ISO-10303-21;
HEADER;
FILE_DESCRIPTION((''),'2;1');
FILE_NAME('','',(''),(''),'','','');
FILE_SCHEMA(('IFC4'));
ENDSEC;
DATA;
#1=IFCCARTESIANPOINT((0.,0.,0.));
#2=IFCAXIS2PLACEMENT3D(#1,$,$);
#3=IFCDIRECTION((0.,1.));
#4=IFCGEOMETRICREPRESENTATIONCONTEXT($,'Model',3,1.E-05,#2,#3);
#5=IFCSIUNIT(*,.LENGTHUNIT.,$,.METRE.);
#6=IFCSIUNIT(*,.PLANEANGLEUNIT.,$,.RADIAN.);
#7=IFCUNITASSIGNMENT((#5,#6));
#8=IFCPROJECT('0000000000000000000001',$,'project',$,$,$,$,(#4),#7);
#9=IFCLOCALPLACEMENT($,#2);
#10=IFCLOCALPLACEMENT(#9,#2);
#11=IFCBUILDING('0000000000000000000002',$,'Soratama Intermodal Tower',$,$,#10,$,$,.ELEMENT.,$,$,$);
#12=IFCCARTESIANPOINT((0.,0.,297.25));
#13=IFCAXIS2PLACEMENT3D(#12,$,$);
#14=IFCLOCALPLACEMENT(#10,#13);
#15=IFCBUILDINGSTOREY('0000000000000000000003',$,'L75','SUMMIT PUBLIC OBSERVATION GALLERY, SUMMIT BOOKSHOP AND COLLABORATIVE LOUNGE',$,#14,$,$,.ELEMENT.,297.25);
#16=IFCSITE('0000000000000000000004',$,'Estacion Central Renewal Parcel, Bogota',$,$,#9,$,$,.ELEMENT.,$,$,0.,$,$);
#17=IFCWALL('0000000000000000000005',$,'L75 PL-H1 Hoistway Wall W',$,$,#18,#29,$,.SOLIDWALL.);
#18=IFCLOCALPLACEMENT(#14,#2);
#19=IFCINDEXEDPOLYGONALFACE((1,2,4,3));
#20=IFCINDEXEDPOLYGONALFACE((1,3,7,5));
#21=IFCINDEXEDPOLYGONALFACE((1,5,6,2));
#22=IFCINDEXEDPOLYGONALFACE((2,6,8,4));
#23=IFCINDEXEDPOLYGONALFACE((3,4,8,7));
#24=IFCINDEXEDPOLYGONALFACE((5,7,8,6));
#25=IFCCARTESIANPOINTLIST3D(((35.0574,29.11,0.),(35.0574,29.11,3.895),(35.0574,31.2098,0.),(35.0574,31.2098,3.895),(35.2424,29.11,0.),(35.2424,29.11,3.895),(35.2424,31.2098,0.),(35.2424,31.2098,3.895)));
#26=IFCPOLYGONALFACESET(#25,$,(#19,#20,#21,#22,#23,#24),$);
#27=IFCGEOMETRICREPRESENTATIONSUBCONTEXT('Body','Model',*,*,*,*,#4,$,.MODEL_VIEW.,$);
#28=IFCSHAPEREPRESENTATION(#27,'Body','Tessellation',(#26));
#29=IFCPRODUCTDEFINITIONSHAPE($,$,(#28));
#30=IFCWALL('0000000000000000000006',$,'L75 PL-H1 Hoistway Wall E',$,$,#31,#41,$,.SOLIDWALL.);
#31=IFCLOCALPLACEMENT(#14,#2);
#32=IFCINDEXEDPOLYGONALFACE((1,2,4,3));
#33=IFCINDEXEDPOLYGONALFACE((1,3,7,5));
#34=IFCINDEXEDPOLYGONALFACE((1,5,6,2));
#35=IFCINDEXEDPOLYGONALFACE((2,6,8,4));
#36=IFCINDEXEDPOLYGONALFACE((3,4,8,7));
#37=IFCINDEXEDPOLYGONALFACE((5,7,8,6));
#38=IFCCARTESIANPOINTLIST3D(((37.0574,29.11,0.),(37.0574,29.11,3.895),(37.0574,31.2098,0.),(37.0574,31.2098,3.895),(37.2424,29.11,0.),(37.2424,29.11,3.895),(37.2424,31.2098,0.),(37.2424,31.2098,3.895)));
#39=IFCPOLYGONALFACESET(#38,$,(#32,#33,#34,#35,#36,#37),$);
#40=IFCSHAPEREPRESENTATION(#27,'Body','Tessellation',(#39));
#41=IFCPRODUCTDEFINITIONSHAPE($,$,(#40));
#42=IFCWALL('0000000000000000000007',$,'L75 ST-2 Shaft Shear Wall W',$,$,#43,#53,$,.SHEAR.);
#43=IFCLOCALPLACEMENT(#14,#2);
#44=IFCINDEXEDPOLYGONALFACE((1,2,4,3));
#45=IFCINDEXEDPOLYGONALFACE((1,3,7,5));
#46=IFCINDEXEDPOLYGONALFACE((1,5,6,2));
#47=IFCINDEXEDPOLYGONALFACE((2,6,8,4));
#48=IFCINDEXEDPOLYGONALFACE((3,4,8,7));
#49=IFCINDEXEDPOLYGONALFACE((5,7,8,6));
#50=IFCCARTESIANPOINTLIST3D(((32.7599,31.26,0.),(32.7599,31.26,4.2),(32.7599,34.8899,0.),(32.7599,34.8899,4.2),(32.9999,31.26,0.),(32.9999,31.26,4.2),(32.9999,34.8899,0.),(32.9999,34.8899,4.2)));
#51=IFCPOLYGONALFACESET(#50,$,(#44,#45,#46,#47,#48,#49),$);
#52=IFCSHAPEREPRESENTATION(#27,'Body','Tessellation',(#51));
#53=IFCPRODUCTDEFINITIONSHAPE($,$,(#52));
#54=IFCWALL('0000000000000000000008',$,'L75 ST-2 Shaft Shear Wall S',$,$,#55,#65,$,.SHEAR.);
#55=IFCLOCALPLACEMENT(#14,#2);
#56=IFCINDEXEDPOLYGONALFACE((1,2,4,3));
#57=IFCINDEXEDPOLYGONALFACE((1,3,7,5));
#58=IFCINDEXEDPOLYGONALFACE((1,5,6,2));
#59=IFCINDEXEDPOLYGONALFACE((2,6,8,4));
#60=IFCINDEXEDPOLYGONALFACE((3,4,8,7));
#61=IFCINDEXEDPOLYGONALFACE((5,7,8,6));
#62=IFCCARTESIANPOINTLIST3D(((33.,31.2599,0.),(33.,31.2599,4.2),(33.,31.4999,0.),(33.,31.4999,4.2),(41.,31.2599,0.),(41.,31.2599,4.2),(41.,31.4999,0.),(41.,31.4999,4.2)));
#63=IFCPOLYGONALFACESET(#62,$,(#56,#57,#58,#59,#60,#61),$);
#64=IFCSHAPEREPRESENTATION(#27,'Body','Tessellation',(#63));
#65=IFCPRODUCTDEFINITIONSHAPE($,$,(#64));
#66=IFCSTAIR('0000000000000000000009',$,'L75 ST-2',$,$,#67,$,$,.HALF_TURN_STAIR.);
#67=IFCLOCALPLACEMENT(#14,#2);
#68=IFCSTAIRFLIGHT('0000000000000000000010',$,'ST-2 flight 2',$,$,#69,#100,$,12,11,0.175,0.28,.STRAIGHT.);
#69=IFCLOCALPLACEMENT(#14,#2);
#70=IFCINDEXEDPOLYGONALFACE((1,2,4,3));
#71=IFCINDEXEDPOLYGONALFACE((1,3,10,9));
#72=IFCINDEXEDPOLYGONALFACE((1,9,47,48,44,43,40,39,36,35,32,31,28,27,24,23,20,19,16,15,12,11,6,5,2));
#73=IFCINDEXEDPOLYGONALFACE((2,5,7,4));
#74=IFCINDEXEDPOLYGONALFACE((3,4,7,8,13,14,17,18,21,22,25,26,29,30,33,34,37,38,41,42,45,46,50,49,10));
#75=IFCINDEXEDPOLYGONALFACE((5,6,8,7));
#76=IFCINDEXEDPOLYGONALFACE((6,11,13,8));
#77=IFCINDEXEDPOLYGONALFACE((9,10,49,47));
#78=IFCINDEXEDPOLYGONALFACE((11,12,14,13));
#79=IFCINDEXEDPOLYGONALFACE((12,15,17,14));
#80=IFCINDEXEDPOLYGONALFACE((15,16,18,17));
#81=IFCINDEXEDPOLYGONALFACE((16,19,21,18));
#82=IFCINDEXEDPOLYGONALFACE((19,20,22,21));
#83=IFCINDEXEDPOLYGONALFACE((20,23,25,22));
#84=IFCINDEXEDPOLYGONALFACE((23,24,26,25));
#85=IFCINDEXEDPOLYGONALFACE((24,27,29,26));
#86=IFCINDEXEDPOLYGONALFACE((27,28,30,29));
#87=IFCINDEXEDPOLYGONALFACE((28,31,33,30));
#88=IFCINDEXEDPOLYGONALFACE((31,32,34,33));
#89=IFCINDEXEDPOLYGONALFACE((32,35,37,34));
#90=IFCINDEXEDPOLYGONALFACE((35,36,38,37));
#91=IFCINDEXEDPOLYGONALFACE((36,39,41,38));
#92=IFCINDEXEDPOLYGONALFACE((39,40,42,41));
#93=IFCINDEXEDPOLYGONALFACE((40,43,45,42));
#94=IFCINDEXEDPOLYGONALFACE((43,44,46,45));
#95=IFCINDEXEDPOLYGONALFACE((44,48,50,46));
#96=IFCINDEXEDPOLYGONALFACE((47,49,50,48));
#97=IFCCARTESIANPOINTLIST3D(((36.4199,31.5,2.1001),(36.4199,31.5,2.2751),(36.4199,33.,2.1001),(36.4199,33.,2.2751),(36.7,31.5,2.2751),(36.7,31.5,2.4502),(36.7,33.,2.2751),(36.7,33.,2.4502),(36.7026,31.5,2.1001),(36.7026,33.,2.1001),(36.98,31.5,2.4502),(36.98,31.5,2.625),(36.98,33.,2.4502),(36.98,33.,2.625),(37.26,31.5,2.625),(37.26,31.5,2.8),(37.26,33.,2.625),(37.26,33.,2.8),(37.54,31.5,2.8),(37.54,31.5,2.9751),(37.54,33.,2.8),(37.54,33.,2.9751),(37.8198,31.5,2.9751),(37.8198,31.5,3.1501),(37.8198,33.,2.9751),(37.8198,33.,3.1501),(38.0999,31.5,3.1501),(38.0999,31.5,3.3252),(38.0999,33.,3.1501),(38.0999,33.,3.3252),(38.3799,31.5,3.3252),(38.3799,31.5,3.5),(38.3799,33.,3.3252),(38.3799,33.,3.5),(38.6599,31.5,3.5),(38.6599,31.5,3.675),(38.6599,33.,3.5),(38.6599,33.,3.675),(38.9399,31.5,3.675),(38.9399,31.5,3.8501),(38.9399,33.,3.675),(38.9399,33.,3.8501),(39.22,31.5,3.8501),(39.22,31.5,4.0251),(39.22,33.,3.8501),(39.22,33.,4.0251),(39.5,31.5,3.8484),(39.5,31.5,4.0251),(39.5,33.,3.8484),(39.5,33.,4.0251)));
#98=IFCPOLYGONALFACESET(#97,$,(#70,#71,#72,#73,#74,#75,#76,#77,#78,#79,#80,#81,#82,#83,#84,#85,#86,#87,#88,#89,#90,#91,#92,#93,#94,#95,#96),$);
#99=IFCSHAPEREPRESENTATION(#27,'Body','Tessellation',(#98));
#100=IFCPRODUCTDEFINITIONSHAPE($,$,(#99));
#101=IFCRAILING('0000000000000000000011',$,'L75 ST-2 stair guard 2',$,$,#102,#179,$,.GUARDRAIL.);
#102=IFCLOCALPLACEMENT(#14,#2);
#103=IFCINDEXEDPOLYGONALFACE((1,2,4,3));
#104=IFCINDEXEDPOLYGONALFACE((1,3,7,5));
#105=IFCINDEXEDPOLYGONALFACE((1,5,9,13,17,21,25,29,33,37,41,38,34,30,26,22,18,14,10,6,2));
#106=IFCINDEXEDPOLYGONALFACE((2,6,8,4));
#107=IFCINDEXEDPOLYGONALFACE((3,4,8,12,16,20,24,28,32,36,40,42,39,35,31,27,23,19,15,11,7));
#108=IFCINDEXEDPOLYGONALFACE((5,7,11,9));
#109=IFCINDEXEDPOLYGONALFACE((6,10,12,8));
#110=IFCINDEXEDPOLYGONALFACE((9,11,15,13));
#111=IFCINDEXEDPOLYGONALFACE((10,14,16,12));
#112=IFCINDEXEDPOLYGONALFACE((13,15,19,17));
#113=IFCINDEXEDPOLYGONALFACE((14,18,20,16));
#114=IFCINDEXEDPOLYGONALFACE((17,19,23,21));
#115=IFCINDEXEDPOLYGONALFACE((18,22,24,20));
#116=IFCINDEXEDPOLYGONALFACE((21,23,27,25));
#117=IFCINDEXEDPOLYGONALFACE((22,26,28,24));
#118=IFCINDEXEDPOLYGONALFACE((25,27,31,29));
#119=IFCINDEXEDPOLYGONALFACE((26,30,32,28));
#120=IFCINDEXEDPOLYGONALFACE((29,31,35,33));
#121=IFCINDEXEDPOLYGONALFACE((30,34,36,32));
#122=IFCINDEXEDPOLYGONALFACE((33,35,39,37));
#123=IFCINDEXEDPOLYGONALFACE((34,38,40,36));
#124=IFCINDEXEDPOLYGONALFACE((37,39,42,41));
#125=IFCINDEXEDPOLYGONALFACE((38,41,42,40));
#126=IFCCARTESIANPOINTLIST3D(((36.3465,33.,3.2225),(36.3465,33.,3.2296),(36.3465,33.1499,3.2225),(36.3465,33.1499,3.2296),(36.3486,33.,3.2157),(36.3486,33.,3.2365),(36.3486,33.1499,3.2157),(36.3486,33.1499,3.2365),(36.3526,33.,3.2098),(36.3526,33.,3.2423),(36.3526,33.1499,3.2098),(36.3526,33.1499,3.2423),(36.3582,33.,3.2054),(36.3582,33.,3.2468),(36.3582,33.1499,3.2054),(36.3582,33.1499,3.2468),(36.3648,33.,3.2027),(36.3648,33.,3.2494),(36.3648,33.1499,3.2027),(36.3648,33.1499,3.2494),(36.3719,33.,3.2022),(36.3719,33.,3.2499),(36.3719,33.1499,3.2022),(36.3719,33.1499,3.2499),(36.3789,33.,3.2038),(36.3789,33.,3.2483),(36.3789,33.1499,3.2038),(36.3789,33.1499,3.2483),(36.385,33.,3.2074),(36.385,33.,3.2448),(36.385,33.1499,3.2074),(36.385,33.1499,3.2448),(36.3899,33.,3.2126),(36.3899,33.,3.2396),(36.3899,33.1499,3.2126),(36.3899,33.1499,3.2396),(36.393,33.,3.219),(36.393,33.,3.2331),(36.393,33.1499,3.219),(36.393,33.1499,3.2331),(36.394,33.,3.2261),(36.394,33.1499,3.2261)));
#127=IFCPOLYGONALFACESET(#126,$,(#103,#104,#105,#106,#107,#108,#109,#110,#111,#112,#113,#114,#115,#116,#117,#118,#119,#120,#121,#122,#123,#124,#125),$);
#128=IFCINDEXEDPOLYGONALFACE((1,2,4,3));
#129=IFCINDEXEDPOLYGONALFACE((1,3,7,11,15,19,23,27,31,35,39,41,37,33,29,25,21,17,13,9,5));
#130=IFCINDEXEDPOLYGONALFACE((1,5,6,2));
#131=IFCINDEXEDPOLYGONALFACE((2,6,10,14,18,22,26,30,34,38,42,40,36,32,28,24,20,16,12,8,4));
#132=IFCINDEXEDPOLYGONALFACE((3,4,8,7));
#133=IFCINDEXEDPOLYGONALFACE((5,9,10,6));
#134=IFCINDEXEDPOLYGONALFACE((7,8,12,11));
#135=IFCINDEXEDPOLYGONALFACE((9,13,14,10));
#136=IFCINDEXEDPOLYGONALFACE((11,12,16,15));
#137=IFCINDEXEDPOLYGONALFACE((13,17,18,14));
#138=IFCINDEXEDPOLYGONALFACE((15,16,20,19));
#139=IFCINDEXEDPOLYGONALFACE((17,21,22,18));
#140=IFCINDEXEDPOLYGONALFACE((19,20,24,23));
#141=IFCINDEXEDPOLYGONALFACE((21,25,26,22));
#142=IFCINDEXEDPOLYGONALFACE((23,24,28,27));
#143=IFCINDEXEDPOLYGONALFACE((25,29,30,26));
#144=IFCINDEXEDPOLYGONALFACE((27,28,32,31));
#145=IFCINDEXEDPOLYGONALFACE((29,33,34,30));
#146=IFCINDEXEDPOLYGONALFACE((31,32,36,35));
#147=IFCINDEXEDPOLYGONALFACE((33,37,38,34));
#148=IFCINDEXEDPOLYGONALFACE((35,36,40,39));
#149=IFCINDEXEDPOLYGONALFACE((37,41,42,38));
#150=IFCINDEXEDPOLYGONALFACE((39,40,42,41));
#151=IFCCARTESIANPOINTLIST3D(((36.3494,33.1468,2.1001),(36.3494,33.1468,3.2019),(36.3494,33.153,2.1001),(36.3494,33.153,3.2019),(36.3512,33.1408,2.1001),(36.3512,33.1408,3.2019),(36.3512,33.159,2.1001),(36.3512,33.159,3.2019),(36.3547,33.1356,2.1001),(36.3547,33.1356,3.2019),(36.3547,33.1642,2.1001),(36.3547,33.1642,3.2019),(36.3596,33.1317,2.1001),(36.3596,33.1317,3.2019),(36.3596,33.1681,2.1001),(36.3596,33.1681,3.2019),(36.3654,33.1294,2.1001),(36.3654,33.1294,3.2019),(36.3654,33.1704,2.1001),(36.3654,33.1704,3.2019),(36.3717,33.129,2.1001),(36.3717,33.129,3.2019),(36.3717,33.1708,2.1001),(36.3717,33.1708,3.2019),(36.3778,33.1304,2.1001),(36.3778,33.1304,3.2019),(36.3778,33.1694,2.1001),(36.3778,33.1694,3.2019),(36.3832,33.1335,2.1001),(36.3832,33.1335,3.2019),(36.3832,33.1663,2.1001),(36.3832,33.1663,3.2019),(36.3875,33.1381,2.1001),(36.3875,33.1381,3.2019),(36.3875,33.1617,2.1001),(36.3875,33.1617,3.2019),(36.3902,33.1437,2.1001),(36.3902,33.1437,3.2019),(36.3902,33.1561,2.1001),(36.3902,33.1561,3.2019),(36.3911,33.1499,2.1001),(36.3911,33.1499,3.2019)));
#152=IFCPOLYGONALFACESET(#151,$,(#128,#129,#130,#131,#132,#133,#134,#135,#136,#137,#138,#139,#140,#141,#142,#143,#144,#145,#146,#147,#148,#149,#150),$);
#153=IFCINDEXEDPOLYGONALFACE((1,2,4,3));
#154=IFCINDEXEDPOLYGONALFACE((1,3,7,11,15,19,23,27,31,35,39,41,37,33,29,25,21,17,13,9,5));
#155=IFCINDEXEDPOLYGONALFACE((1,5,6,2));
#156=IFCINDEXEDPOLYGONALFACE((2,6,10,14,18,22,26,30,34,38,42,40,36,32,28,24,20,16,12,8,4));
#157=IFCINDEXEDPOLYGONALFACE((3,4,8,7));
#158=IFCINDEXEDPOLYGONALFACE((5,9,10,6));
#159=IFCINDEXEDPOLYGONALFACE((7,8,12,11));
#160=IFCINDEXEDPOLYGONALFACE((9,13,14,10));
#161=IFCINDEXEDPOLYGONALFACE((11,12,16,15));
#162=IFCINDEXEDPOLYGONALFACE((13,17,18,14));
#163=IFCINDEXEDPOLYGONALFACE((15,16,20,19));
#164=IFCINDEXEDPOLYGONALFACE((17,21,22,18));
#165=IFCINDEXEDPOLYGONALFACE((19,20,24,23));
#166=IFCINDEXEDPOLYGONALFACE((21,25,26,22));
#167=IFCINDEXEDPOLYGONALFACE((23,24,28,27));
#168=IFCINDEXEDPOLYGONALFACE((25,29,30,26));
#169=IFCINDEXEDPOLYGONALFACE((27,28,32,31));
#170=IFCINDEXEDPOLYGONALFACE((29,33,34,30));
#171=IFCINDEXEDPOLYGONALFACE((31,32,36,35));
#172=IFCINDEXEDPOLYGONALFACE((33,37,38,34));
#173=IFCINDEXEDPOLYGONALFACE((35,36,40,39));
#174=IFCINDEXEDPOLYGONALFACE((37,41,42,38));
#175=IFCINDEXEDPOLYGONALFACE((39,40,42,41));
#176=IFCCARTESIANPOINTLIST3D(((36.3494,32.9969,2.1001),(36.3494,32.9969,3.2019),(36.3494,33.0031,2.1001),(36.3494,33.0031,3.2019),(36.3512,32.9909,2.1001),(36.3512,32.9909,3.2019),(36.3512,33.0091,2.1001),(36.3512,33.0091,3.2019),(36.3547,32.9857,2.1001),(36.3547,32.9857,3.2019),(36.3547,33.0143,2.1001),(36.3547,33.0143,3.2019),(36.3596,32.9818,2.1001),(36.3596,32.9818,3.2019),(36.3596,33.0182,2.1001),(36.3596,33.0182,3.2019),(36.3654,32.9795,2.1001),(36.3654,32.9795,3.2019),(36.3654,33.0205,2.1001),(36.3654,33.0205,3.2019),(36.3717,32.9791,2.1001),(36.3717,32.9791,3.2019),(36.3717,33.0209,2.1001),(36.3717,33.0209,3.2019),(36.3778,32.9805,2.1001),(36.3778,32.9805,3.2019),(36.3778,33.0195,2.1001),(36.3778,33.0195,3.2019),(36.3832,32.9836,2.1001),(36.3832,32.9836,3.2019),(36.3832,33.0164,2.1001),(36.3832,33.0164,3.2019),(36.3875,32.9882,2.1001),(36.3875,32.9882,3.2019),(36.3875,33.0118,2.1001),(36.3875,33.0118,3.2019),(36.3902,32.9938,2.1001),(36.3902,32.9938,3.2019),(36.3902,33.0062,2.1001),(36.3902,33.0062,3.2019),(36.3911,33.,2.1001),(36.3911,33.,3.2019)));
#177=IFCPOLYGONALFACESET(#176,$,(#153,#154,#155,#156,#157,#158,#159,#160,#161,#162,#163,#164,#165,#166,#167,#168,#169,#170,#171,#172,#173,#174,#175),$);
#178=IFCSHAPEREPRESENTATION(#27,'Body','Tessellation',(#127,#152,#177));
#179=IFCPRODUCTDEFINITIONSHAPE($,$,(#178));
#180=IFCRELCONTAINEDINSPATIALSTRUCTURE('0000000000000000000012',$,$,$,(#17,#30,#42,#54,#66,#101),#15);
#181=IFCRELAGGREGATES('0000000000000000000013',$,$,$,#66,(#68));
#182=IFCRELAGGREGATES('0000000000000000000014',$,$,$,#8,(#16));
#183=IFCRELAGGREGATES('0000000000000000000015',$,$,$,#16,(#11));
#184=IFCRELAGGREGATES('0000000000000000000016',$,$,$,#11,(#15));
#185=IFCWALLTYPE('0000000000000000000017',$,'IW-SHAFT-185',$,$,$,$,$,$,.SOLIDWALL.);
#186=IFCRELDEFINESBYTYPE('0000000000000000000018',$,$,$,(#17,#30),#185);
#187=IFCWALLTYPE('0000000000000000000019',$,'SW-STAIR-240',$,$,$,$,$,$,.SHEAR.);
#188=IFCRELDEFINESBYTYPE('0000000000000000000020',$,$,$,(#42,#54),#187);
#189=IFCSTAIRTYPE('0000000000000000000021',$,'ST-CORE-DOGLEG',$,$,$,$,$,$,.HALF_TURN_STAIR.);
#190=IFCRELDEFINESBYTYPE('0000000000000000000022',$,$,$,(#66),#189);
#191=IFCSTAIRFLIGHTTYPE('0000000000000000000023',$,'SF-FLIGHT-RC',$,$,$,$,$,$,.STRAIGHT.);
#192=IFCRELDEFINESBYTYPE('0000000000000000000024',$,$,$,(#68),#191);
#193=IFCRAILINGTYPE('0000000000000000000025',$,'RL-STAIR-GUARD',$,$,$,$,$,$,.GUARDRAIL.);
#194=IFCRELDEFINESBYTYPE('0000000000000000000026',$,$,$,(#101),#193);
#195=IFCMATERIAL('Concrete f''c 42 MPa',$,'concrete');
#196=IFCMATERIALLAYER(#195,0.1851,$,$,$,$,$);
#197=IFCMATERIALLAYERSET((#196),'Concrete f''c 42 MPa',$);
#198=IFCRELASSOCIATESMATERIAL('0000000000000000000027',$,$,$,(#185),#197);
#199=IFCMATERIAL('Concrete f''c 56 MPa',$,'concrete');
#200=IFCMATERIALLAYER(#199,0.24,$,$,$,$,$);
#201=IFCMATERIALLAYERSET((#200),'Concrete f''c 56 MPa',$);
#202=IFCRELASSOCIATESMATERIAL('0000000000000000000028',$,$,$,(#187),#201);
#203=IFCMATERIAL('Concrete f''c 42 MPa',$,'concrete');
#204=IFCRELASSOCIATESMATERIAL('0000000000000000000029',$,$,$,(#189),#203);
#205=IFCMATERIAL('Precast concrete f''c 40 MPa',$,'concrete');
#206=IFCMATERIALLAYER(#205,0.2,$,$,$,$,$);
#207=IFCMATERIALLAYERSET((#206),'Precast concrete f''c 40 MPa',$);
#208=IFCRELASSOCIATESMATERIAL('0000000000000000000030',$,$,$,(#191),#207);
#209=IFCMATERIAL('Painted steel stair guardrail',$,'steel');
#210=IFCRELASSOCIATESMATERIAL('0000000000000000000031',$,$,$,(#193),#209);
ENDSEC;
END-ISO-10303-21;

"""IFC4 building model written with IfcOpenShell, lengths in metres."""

from ifc_helpers import new_model, si_unit, direction, frame, frame_2d, origin, origin_2d, place, context, subcontext, project, spatial, polyline, rectangle, circle, outline, extrude, material, layer, layer_set, type_object, element, aggregate, save


model = new_model("IFC4")

# Units and contexts
model_context = context("Model", 3, precision=1e-05, world=origin(), true_north=direction((0.0, 1.0)))
body_context = subcontext(model_context, "Body", "Model", "MODEL_VIEW")
ifc_project = project(units=[si_unit("LENGTHUNIT", "METRE"), si_unit("PLANEANGLEUNIT", "RADIAN")], contexts=[model_context])

# Site, building, storey
site_placement = place(None, origin())
site = spatial("IfcSite", under=ifc_project, at=site_placement, Name="Estacion Central Renewal Parcel, Bogota", CompositionType="ELEMENT", RefElevation=0.0)
building_placement = place(site_placement, origin())
building = spatial("IfcBuilding", under=site, at=building_placement, Name="Soratama Intermodal Tower", CompositionType="ELEMENT")
storey_placement = place(building_placement, frame((0.0, 0.0, 297.25)))
storey = spatial("IfcBuildingStorey", under=building, at=storey_placement, Name="L75", Description="SUMMIT PUBLIC OBSERVATION GALLERY, SUMMIT BOOKSHOP AND COLLABORATIVE LOUNGE", CompositionType="ELEMENT", Elevation=297.25)

# Shared definitions
ifc_material_1 = material(Name="Concrete f'c 42 MPa", Category="concrete")
ifc_layer_1 = layer(ifc_material_1, 0.1851)
ifc_layer_set_1 = layer_set([ifc_layer_1], Name="Concrete f'c 42 MPa")
wall_type_1 = type_object("IfcWallType", Name="IW-SHAFT-185", PredefinedType="SOLIDWALL", material=ifc_layer_set_1)

# Walls
for number, where, z_axis, x_axis, name in (
    (1, (35.1499, 29.1101, 0.0), (0.0, 0.0, 1.0), (0.0, 1.0, 0.0), "L75 PL-H1 Hoistway Wall W"),
    (2, (37.1499, 29.1101, 0.0), (0.0, 0.0, 1.0), (0.0, 1.0, 0.0), "L75 PL-H1 Hoistway Wall E"),
):
    element("IfcWall", number, at=place(storey_placement, frame(where, z_axis=z_axis, x_axis=x_axis)), inside=storey, type_object=wall_type_1, Name=name, PredefinedType="SOLIDWALL", context=body_context, shape_type="SweptSolid", body=[
        extrude(rectangle(XDim=2.0999, YDim=0.1851, at=frame_2d((1.0498, 0.0))), origin(), (0.0, 0.0, 1.0), 3.895),
    ])

# Walls
ifc_material_2 = material(Name="Concrete f'c 56 MPa", Category="concrete")
ifc_layer_2 = layer(ifc_material_2, 0.24)
ifc_layer_set_2 = layer_set([ifc_layer_2], Name="Concrete f'c 56 MPa")
wall_type_2 = type_object("IfcWallType", Name="SW-STAIR-240", PredefinedType="SHEAR", material=ifc_layer_set_2)
wall_1_placement = place(storey_placement, frame((32.8799, 31.26, 0.0), z_axis=(0.0, 0.0, 1.0), x_axis=(0.0, 1.0, 0.0)))
element("IfcWall", 3, at=wall_1_placement, inside=storey, type_object=wall_type_2, Name="L75 ST-2 Shaft Shear Wall W", PredefinedType="SHEAR", context=body_context, shape_type="SweptSolid", body=[
    extrude(rectangle(XDim=3.6299, YDim=0.24, at=frame_2d((1.8149, 0.0))), origin(), (0.0, 0.0, 1.0), 4.2),
])
wall_2_placement = place(storey_placement, frame((33.0, 31.3799, 0.0), z_axis=(0.0, 0.0, 1.0), x_axis=(1.0, 0.0, 0.0)))
element("IfcWall", 4, at=wall_2_placement, inside=storey, type_object=wall_type_2, Name="L75 ST-2 Shaft Shear Wall S", PredefinedType="SHEAR", context=body_context, shape_type="SweptSolid", body=[
    extrude(rectangle(XDim=8.0, YDim=0.24, at=frame_2d((4.0, 0.0))), origin(), (0.0, 0.0, 1.0), 4.2),
])

# Stair, stair flight
ifc_material_3 = material(Name="Concrete f'c 42 MPa", Category="concrete")
stair_type = type_object("IfcStairType", Name="ST-CORE-DOGLEG", PredefinedType="HALF_TURN_STAIR", material=ifc_material_3)
stair_placement = place(storey_placement, origin())
stair = element("IfcStair", 5, at=stair_placement, inside=storey, type_object=stair_type, Name="L75 ST-2", PredefinedType="HALF_TURN_STAIR")
ifc_material_4 = material(Name="Precast concrete f'c 40 MPa", Category="concrete")
ifc_layer_3 = layer(ifc_material_4, 0.2)
ifc_layer_set_3 = layer_set([ifc_layer_3], Name="Precast concrete f'c 40 MPa")
stair_flight_type = type_object("IfcStairFlightType", Name="SF-FLIGHT-RC", PredefinedType="STRAIGHT", material=ifc_layer_set_3)
stair_flight_placement = place(storey_placement, frame((36.4199, 32.25, 2.1001), z_axis=(0.0, 0.0, 1.0), x_axis=(1.0, 0.0, 0.0)))
stair_flight = element("IfcStairFlight", 6, at=stair_flight_placement, type_object=stair_flight_type, Name="ST-2 flight 2", NumberOfRisers=12, NumberOfTreads=11, PredefinedType="STRAIGHT", RiserHeight=0.175, TreadLength=0.28, context=body_context, shape_type="SweptSolid", body=[
    extrude(outline(polyline([(0.0, 0.0), (0.0, 0.175), (0.28, 0.175), (0.28, 0.3501), (0.5601, 0.3501), (0.5601, 0.5249), (0.8401, 0.5249), (0.8401, 0.7), (1.1201, 0.7), (1.1201, 0.875), (1.3999, 0.875), (1.3999, 1.05), (1.6799, 1.05), (1.6799, 1.2251), (1.96, 1.2251), (1.96, 1.3999), (2.24, 1.3999), (2.24, 1.575), (2.52, 1.575), (2.52, 1.75), (2.8, 1.75), (2.8, 1.925), (3.0801, 1.925), (3.0801, 2.1001), (3.0801, 1.7483), (0.2827, 0.0), (0.0, 0.0)])), frame((0.0, 0.75, 0.0), z_axis=(0.0, -1.0, 0.0), x_axis=(1.0, 0.0, 0.0)), (0.0, 0.0, 1.0), 1.5),
])
aggregate(stair, [stair_flight])

# Railing
ifc_material_5 = material(Name="Painted steel stair guardrail", Category="steel")
railing_type_1 = type_object("IfcRailingType", Name="RL-STAIR-GUARD", PredefinedType="GUARDRAIL", material=ifc_material_5)
railing_1_placement = place(storey_placement, frame((36.3701, 33.1499, 2.1001)))
element("IfcRailing", 7, at=railing_1_placement, inside=storey, type_object=railing_type_1, Name="L75 ST-2 stair guard 2", PredefinedType="GUARDRAIL", context=body_context, shape_type="SweptSolid", body=[
    extrude(circle(Radius=0.0239, at=origin_2d()), frame((0.0, 0.0, 1.126), z_axis=(0.0, -1.0, 0.0), x_axis=(1.0, 0.0, 0.0)), (0.0, 0.0, 1.0), 0.1499),
    extrude(circle(Radius=0.021, at=origin_2d()), origin(), (0.0, 0.0, 1.0), 1.1018),
    extrude(circle(Radius=0.021, at=origin_2d()), frame((0.0, -0.1499, 0.0)), (0.0, 0.0, 1.0), 1.1018),
])

save(model, "model.ifc")
